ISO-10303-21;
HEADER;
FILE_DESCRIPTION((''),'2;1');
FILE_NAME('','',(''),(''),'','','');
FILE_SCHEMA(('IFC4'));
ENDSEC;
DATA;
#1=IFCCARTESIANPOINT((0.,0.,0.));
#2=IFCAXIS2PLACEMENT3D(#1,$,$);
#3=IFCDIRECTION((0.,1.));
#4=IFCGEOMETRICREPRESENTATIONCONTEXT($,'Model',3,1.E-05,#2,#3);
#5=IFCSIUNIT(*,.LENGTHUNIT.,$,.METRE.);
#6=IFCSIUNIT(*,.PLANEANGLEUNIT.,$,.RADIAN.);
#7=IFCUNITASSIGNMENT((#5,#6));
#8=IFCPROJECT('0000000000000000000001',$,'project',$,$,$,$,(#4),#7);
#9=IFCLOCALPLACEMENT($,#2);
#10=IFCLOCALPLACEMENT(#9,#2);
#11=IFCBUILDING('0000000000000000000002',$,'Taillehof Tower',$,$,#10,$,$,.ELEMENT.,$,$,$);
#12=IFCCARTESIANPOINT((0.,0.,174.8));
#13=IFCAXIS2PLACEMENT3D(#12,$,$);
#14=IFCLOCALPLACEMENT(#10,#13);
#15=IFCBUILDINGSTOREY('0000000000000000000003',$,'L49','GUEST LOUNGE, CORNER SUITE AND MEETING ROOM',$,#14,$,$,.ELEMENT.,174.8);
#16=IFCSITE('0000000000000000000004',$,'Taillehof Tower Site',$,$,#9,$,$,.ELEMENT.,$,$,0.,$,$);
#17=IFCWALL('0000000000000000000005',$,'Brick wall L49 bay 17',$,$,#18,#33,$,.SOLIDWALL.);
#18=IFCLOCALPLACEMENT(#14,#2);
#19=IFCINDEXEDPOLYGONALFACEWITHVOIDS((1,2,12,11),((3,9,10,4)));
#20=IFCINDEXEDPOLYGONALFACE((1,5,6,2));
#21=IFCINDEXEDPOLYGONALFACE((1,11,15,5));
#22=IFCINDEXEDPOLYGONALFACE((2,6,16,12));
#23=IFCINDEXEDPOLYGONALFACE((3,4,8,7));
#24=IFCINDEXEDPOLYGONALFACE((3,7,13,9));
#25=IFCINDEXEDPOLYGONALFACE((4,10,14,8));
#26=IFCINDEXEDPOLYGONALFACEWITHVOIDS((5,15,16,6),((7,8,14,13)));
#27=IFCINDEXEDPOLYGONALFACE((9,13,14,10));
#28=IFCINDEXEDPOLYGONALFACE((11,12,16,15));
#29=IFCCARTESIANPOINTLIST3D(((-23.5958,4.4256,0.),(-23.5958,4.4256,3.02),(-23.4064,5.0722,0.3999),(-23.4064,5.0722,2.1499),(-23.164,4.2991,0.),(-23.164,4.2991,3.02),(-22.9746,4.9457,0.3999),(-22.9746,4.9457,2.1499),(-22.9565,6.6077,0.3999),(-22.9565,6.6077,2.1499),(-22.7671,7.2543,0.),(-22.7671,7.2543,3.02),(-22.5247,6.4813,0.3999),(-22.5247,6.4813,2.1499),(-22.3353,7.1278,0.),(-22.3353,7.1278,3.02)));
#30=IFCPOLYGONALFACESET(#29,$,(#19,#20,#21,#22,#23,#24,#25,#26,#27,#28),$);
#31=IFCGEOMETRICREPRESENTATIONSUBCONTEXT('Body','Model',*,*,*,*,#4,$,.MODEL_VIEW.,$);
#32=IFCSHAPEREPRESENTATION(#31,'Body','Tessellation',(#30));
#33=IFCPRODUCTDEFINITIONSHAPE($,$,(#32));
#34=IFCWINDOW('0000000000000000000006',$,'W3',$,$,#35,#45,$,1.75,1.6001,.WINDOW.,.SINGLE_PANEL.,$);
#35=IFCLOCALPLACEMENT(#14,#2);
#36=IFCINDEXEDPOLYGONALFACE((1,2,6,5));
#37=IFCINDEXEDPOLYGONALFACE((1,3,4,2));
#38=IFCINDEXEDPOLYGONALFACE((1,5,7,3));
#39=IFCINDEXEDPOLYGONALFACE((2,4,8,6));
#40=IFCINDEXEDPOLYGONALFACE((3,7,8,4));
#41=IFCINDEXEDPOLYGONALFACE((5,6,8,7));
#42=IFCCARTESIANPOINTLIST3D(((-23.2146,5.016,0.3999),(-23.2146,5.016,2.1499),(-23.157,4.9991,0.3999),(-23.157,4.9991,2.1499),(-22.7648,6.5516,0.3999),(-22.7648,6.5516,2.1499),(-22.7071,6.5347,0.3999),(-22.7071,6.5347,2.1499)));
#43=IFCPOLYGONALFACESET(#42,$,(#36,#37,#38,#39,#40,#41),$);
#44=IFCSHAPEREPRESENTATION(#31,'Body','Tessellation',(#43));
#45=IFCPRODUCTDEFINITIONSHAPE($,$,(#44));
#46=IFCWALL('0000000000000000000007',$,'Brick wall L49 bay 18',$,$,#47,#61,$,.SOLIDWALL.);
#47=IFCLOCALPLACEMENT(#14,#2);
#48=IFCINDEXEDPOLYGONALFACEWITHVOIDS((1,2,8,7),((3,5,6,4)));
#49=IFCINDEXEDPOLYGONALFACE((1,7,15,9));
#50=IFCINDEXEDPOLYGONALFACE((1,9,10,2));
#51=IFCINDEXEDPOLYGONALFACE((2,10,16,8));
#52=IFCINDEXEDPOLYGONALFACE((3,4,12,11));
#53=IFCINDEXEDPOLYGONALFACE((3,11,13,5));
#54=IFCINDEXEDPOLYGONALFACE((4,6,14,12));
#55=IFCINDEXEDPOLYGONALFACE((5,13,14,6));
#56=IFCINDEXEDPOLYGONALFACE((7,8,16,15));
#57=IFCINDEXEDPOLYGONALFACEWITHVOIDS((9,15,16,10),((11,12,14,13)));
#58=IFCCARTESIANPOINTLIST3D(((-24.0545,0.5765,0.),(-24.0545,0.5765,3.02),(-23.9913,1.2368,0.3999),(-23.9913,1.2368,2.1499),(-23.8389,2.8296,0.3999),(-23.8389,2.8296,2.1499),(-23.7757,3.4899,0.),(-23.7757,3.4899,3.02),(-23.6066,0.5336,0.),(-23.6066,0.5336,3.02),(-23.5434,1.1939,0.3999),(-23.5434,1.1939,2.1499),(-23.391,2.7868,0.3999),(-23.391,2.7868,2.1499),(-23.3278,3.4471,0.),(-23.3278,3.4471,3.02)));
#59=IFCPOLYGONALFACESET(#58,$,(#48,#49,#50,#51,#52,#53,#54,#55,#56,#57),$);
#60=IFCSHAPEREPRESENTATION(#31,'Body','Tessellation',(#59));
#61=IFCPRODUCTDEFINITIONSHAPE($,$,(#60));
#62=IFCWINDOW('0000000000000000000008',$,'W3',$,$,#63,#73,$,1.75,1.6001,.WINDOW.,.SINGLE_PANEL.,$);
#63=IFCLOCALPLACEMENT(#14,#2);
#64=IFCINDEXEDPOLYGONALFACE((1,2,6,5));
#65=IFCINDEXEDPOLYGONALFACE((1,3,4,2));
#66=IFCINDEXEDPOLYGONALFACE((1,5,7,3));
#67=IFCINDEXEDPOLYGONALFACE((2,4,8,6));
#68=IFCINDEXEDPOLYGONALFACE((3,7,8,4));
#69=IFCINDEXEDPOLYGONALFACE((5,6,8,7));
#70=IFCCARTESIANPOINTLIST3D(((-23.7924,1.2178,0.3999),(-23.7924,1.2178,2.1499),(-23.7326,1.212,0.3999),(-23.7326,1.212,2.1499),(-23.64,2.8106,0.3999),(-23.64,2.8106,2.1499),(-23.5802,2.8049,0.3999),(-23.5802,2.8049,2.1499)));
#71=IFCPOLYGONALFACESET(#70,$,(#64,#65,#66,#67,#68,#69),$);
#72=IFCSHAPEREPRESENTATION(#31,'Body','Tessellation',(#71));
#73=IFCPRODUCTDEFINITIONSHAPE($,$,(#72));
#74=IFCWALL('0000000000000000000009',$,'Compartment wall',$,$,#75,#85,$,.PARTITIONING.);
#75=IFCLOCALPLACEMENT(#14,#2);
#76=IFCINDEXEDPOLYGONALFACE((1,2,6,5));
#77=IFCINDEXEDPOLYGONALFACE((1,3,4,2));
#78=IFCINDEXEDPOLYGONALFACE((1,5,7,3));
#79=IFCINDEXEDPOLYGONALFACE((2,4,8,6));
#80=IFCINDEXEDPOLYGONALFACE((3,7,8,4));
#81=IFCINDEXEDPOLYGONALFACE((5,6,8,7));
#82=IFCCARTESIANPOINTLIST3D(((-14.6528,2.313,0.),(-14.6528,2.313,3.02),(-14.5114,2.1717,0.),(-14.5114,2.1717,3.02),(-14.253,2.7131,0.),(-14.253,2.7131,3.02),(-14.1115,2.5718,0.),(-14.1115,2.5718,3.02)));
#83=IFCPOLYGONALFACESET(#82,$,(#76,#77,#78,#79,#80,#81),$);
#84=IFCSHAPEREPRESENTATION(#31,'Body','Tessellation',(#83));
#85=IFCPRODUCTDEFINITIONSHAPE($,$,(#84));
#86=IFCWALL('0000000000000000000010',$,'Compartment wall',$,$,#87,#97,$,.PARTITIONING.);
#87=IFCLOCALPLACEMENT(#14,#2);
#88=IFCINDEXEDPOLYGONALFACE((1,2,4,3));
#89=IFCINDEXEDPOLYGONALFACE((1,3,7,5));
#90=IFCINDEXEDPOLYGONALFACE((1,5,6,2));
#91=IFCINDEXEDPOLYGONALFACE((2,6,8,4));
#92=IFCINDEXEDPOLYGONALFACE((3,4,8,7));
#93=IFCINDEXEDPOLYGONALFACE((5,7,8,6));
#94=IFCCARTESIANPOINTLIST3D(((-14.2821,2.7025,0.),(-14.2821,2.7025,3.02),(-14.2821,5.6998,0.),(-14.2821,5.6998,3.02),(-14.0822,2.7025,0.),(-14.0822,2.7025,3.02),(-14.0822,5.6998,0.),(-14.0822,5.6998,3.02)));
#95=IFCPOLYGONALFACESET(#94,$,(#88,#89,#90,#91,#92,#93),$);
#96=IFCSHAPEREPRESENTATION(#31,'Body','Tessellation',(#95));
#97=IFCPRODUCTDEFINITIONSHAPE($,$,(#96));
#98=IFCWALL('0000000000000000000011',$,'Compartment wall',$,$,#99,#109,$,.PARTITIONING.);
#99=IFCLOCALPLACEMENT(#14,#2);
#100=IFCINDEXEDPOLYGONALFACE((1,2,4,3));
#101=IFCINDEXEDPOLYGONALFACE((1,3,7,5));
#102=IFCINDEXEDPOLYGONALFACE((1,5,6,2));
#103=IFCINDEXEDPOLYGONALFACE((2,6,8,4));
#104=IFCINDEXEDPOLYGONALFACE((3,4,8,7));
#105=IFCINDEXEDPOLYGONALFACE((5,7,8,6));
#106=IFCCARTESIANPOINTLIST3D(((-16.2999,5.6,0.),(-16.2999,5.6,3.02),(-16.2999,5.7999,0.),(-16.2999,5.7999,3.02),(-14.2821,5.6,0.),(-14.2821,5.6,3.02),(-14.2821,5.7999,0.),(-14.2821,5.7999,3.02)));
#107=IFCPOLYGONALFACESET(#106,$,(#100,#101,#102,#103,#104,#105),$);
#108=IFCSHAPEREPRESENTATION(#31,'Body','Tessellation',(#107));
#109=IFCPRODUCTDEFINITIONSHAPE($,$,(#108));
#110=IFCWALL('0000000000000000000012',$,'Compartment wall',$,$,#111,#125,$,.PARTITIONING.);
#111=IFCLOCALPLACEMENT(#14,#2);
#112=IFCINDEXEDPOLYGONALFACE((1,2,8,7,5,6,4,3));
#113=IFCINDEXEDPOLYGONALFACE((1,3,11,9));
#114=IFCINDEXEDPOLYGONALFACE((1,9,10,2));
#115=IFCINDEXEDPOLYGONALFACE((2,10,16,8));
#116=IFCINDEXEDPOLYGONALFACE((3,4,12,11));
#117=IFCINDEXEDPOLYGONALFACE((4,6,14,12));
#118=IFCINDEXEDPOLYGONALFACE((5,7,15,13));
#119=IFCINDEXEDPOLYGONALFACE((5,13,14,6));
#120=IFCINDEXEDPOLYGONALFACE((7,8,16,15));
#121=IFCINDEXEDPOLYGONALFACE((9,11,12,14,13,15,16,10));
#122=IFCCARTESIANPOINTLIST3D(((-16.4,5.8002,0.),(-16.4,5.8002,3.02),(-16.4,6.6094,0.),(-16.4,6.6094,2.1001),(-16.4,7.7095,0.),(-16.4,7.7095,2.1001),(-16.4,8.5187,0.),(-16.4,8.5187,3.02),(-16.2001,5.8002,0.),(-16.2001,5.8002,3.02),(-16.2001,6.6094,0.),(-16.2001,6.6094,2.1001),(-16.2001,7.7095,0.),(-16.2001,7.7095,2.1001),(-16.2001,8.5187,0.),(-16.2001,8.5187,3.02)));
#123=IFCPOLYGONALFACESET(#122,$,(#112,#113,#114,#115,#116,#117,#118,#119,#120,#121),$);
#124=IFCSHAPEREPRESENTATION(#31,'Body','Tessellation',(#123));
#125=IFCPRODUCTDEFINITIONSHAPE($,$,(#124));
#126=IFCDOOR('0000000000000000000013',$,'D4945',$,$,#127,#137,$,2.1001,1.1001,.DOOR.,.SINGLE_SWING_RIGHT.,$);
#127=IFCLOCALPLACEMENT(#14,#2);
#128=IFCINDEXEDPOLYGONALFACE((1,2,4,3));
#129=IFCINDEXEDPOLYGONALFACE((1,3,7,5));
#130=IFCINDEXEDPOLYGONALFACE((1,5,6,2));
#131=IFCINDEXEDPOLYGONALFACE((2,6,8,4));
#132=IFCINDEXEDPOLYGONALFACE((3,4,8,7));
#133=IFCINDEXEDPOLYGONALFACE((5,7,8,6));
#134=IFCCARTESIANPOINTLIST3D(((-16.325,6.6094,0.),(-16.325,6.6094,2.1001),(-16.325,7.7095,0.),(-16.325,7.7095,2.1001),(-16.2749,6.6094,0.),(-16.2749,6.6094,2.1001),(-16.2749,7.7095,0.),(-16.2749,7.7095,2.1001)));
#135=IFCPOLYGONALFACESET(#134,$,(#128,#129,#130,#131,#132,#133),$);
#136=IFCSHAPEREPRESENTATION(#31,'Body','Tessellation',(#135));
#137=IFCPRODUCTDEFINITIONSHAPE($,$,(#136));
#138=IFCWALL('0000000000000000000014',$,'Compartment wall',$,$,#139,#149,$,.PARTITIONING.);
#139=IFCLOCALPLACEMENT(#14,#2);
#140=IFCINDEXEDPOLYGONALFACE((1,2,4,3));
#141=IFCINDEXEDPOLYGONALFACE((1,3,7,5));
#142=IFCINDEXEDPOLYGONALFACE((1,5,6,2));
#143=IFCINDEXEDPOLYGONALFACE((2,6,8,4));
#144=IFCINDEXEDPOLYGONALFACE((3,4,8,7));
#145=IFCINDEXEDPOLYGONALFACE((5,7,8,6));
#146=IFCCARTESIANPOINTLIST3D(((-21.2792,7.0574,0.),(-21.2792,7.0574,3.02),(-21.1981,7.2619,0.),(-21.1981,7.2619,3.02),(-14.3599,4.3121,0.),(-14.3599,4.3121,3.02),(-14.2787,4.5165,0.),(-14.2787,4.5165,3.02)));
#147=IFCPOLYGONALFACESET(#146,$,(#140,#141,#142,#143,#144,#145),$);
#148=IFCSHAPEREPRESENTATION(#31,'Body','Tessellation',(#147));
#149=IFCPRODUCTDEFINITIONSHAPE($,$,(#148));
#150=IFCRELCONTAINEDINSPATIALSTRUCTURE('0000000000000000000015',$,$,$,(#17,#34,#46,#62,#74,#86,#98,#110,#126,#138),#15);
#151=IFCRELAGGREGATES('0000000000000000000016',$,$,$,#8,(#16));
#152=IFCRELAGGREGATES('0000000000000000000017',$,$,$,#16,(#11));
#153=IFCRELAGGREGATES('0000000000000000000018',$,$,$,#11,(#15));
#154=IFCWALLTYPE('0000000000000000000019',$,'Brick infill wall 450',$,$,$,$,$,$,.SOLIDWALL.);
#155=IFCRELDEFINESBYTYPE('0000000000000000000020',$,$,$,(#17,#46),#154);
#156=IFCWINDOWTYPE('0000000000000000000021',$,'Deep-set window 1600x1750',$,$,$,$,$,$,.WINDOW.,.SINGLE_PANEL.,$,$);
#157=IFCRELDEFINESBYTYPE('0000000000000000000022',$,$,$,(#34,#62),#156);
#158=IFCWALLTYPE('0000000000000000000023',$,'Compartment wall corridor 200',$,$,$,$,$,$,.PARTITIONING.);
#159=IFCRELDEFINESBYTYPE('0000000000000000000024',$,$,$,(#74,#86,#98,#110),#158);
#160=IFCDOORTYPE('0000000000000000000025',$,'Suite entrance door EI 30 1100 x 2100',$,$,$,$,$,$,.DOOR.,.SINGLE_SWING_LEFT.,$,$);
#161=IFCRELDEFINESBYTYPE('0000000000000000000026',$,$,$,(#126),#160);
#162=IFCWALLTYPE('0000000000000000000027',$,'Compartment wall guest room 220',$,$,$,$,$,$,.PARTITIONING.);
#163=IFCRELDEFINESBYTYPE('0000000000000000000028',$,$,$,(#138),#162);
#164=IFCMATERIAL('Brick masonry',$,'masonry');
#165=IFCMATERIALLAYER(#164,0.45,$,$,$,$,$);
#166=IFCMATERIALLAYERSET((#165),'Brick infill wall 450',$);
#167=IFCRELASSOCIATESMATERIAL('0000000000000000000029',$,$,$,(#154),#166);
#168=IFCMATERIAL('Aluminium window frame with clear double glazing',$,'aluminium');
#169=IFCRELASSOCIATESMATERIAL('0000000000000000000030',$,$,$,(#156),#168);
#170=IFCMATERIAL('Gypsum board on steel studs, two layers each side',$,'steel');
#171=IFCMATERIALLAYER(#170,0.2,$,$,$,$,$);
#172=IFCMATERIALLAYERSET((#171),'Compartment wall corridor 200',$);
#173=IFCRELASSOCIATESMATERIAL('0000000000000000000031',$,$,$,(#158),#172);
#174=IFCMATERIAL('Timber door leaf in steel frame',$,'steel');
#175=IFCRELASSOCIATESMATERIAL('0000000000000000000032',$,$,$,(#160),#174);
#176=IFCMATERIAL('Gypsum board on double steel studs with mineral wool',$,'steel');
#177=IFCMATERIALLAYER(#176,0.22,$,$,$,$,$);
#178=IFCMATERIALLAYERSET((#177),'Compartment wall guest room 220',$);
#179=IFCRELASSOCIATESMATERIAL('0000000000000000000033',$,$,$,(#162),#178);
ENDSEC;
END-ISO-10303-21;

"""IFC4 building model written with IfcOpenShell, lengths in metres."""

from ifc_helpers import new_model, si_unit, direction, frame, frame_2d, origin, place, context, subcontext, project, spatial, rectangle, extrude, material, layer, layer_set, type_object, element, fill, save


model = new_model("IFC4")

# Units and contexts
model_context = context("Model", 3, precision=1e-05, world=origin(), true_north=direction((0.0, 1.0)))
body_context = subcontext(model_context, "Body", "Model", "MODEL_VIEW")
ifc_project = project(units=[si_unit("LENGTHUNIT", "METRE"), si_unit("PLANEANGLEUNIT", "RADIAN")], contexts=[model_context])

# Site, building, storey
site_placement = place(None, origin())
site = spatial("IfcSite", under=ifc_project, at=site_placement, Name="Taillehof Tower Site", CompositionType="ELEMENT", RefElevation=0.0)
building_placement = place(site_placement, origin())
building = spatial("IfcBuilding", under=site, at=building_placement, Name="Taillehof Tower", CompositionType="ELEMENT")
storey_placement = place(building_placement, frame((0.0, 0.0, 174.8)))
storey = spatial("IfcBuildingStorey", under=building, at=storey_placement, Name="L49", Description="GUEST LOUNGE, CORNER SUITE AND MEETING ROOM", CompositionType="ELEMENT", Elevation=174.8)

# Walls, openings, windows
ifc_material_1 = material(Name="Brick masonry", Category="masonry")
ifc_layer_1 = layer(ifc_material_1, 0.45)
ifc_layer_set_1 = layer_set([ifc_layer_1], Name="Brick infill wall 450")
wall_type_1 = type_object("IfcWallType", Name="Brick infill wall 450", PredefinedType="SOLIDWALL", material=ifc_layer_set_1)
wall_1_placement = place(storey_placement, frame((-22.5513, 7.1909, 0.0), z_axis=(0.0, 0.0, 1.0), x_axis=(-0.281126, -0.959671, 0.0)))
wall_1 = element("IfcWall", 1, at=wall_1_placement, inside=storey, type_object=wall_type_1, Name="Brick wall L49 bay 17", PredefinedType="SOLIDWALL", context=body_context, shape_type="SweptSolid", body=[
    extrude(rectangle(XDim=2.9475, YDim=0.45, at=frame_2d((1.4736, 0.0))), origin(), (0.0, 0.0, 1.0), 3.02),
])
opening_1_placement = place(wall_1_placement, frame((0.6736, 0.0, 0.3999)))
opening_1 = element("IfcOpeningElement", 2, at=opening_1_placement, cuts=wall_1, PredefinedType="OPENING", context=body_context, shape_type="SweptSolid", body=[
    extrude(rectangle(XDim=1.6001, YDim=1.75, at=frame_2d((0.8, 0.875))), frame((0.0, 0.2349, 0.0), z_axis=(0.0, -1.0, 0.0), x_axis=(1.0, 0.0, 0.0)), (0.0, 0.0, 1.0), 0.47),
])
ifc_material_2 = material(Name="Aluminium window frame with clear double glazing", Category="aluminium")
window_type = type_object("IfcWindowType", Name="Deep-set window 1600x1750", PartitioningType="SINGLE_PANEL", PredefinedType="WINDOW", material=ifc_material_2)
window_1_placement = place(opening_1_placement, origin())
window_1 = element("IfcWindow", 3, at=window_1_placement, inside=storey, type_object=window_type, Name="W3", OverallHeight=1.75, OverallWidth=1.6001, PartitioningType="SINGLE_PANEL", PredefinedType="WINDOW", context=body_context, shape_type="SweptSolid", body=[
    extrude(rectangle(XDim=1.6001, YDim=1.75, at=frame_2d((0.8, 0.875))), frame((0.0, 0.0349, 0.0), z_axis=(0.0, -1.0, 0.0), x_axis=(1.0, 0.0, 0.0)), (0.0, 0.0, 1.0), 0.0601),
])
fill(opening_1, window_1)
wall_2_placement = place(storey_placement, frame((-23.5518, 3.4685, 0.0), z_axis=(0.0, 0.0, 1.0), x_axis=(-0.095266, -0.995452, 0.0)))
wall_2 = element("IfcWall", 4, at=wall_2_placement, inside=storey, type_object=wall_type_1, Name="Brick wall L49 bay 18", PredefinedType="SOLIDWALL", context=body_context, shape_type="SweptSolid", body=[
    extrude(rectangle(XDim=2.9268, YDim=0.45, at=frame_2d((1.4634, 0.0))), origin(), (0.0, 0.0, 1.0), 3.02),
])
opening_2_placement = place(wall_2_placement, frame((0.6633, 0.0, 0.3999)))
opening_2 = element("IfcOpeningElement", 5, at=opening_2_placement, cuts=wall_2, PredefinedType="OPENING", context=body_context, shape_type="SweptSolid", body=[
    extrude(rectangle(XDim=1.6001, YDim=1.75, at=frame_2d((0.8, 0.875))), frame((0.0, 0.2349, 0.0), z_axis=(0.0, -1.0, 0.0), x_axis=(1.0, 0.0, 0.0)), (0.0, 0.0, 1.0), 0.47),
])
window_2_placement = place(opening_2_placement, origin())
window_2 = element("IfcWindow", 6, at=window_2_placement, inside=storey, type_object=window_type, Name="W3", OverallHeight=1.75, OverallWidth=1.6001, PartitioningType="SINGLE_PANEL", PredefinedType="WINDOW", context=body_context, shape_type="SweptSolid", body=[
    extrude(rectangle(XDim=1.6001, YDim=1.75, at=frame_2d((0.8, 0.875))), frame((0.0, 0.0349, 0.0), z_axis=(0.0, -1.0, 0.0), x_axis=(1.0, 0.0, 0.0)), (0.0, 0.0, 1.0), 0.0601),
])
fill(opening_2, window_2)

# Walls
ifc_material_3 = material(Name="Gypsum board on steel studs, two layers each side", Category="steel")
ifc_layer_2 = layer(ifc_material_3, 0.2)
ifc_layer_set_2 = layer_set([ifc_layer_2], Name="Compartment wall corridor 200")
wall_type_2 = type_object("IfcWallType", Name="Compartment wall corridor 200", PredefinedType="PARTITIONING", material=ifc_layer_set_2)
wall_3_placement = place(storey_placement, frame((-14.582, 2.2424, 0.0), z_axis=(0.0, 0.0, 1.0), x_axis=(0.706891, 0.707323, 0.0)))
element("IfcWall", 7, at=wall_3_placement, inside=storey, type_object=wall_type_2, Name="Compartment wall", PredefinedType="PARTITIONING", context=body_context, shape_type="SweptSolid", body=[
    extrude(rectangle(XDim=0.5657, YDim=0.2, at=frame_2d((0.2827, 0.0))), origin(), (0.0, 0.0, 1.0), 3.02),
])
wall_4_placement = place(storey_placement, frame((-14.1821, 2.7026, 0.0), z_axis=(0.0, 0.0, 1.0), x_axis=(0.0, 1.0, 0.0)))
element("IfcWall", 8, at=wall_4_placement, inside=storey, type_object=wall_type_2, Name="Compartment wall", PredefinedType="PARTITIONING", context=body_context, shape_type="SweptSolid", body=[
    extrude(rectangle(XDim=2.9973, YDim=0.2, at=frame_2d((1.4985, 0.0))), origin(), (0.0, 0.0, 1.0), 3.02),
])
wall_5_placement = place(storey_placement, frame((-14.2822, 5.7, 0.0), z_axis=(0.0, 0.0, 1.0), x_axis=(-1.0, 0.0, 0.0)))
element("IfcWall", 9, at=wall_5_placement, inside=storey, type_object=wall_type_2, Name="Compartment wall", PredefinedType="PARTITIONING", context=body_context, shape_type="SweptSolid", body=[
    extrude(rectangle(XDim=2.0178, YDim=0.2, at=frame_2d((1.0088, 0.0))), origin(), (0.0, 0.0, 1.0), 3.02),
])

# Wall, opening, door
wall_6_placement = place(storey_placement, frame((-16.3, 5.8, 0.0), z_axis=(0.0, 0.0, 1.0), x_axis=(0.0, 1.0, 0.0)))
wall_6 = element("IfcWall", 10, at=wall_6_placement, inside=storey, type_object=wall_type_2, Name="Compartment wall", PredefinedType="PARTITIONING", context=body_context, shape_type="SweptSolid", body=[
    extrude(rectangle(XDim=2.7185, YDim=0.2, at=frame_2d((1.3594, 0.0))), origin(), (0.0, 0.0, 1.0), 3.02),
])
opening_3_placement = place(wall_6_placement, frame((0.8093, 0.0, 0.0)))
opening_3 = element("IfcOpeningElement", 11, at=opening_3_placement, cuts=wall_6, PredefinedType="OPENING", context=body_context, shape_type="SweptSolid", body=[
    extrude(rectangle(XDim=1.1001, YDim=2.1001, at=frame_2d((0.55, 1.05))), frame((0.0, 0.1099, 0.0), z_axis=(0.0, -1.0, 0.0), x_axis=(1.0, 0.0, 0.0)), (0.0, 0.0, 1.0), 0.22),
])
ifc_material_4 = material(Name="Timber door leaf in steel frame", Category="steel")
door_type = type_object("IfcDoorType", Name="Suite entrance door EI 30 1100 x 2100", OperationType="SINGLE_SWING_LEFT", PredefinedType="DOOR", material=ifc_material_4)
door_placement = place(opening_3_placement, origin())
door = element("IfcDoor", 12, at=door_placement, inside=storey, type_object=door_type, Name="D4945", OperationType="SINGLE_SWING_RIGHT", OverallHeight=2.1001, OverallWidth=1.1001, PredefinedType="DOOR", context=body_context, shape_type="SweptSolid", body=[
    extrude(rectangle(XDim=1.1001, YDim=2.1001, at=frame_2d((0.55, 1.05))), frame((0.0, 0.0249, 0.0), z_axis=(0.0, -1.0, 0.0), x_axis=(1.0, 0.0, 0.0)), (0.0, 0.0, 1.0), 0.05),
])
fill(opening_3, door)

# Wall
ifc_material_5 = material(Name="Gypsum board on double steel studs with mineral wool", Category="steel")
ifc_layer_3 = layer(ifc_material_5, 0.22)
ifc_layer_set_3 = layer_set([ifc_layer_3], Name="Compartment wall guest room 220")
wall_type_3 = type_object("IfcWallType", Name="Compartment wall guest room 220", PredefinedType="PARTITIONING", material=ifc_layer_set_3)
wall_7_placement = place(storey_placement, frame((-21.2388, 7.1597, 0.0), z_axis=(0.0, 0.0, 1.0), x_axis=(0.929511, -0.368794, 0.0)))
element("IfcWall", 13, at=wall_7_placement, inside=storey, type_object=wall_type_3, Name="Compartment wall", PredefinedType="PARTITIONING", context=body_context, shape_type="SweptSolid", body=[
    extrude(rectangle(XDim=7.4441, YDim=0.22, at=frame_2d((3.7222, 0.0))), origin(), (0.0, 0.0, 1.0), 3.02),
])

save(model, "model.ifc")
